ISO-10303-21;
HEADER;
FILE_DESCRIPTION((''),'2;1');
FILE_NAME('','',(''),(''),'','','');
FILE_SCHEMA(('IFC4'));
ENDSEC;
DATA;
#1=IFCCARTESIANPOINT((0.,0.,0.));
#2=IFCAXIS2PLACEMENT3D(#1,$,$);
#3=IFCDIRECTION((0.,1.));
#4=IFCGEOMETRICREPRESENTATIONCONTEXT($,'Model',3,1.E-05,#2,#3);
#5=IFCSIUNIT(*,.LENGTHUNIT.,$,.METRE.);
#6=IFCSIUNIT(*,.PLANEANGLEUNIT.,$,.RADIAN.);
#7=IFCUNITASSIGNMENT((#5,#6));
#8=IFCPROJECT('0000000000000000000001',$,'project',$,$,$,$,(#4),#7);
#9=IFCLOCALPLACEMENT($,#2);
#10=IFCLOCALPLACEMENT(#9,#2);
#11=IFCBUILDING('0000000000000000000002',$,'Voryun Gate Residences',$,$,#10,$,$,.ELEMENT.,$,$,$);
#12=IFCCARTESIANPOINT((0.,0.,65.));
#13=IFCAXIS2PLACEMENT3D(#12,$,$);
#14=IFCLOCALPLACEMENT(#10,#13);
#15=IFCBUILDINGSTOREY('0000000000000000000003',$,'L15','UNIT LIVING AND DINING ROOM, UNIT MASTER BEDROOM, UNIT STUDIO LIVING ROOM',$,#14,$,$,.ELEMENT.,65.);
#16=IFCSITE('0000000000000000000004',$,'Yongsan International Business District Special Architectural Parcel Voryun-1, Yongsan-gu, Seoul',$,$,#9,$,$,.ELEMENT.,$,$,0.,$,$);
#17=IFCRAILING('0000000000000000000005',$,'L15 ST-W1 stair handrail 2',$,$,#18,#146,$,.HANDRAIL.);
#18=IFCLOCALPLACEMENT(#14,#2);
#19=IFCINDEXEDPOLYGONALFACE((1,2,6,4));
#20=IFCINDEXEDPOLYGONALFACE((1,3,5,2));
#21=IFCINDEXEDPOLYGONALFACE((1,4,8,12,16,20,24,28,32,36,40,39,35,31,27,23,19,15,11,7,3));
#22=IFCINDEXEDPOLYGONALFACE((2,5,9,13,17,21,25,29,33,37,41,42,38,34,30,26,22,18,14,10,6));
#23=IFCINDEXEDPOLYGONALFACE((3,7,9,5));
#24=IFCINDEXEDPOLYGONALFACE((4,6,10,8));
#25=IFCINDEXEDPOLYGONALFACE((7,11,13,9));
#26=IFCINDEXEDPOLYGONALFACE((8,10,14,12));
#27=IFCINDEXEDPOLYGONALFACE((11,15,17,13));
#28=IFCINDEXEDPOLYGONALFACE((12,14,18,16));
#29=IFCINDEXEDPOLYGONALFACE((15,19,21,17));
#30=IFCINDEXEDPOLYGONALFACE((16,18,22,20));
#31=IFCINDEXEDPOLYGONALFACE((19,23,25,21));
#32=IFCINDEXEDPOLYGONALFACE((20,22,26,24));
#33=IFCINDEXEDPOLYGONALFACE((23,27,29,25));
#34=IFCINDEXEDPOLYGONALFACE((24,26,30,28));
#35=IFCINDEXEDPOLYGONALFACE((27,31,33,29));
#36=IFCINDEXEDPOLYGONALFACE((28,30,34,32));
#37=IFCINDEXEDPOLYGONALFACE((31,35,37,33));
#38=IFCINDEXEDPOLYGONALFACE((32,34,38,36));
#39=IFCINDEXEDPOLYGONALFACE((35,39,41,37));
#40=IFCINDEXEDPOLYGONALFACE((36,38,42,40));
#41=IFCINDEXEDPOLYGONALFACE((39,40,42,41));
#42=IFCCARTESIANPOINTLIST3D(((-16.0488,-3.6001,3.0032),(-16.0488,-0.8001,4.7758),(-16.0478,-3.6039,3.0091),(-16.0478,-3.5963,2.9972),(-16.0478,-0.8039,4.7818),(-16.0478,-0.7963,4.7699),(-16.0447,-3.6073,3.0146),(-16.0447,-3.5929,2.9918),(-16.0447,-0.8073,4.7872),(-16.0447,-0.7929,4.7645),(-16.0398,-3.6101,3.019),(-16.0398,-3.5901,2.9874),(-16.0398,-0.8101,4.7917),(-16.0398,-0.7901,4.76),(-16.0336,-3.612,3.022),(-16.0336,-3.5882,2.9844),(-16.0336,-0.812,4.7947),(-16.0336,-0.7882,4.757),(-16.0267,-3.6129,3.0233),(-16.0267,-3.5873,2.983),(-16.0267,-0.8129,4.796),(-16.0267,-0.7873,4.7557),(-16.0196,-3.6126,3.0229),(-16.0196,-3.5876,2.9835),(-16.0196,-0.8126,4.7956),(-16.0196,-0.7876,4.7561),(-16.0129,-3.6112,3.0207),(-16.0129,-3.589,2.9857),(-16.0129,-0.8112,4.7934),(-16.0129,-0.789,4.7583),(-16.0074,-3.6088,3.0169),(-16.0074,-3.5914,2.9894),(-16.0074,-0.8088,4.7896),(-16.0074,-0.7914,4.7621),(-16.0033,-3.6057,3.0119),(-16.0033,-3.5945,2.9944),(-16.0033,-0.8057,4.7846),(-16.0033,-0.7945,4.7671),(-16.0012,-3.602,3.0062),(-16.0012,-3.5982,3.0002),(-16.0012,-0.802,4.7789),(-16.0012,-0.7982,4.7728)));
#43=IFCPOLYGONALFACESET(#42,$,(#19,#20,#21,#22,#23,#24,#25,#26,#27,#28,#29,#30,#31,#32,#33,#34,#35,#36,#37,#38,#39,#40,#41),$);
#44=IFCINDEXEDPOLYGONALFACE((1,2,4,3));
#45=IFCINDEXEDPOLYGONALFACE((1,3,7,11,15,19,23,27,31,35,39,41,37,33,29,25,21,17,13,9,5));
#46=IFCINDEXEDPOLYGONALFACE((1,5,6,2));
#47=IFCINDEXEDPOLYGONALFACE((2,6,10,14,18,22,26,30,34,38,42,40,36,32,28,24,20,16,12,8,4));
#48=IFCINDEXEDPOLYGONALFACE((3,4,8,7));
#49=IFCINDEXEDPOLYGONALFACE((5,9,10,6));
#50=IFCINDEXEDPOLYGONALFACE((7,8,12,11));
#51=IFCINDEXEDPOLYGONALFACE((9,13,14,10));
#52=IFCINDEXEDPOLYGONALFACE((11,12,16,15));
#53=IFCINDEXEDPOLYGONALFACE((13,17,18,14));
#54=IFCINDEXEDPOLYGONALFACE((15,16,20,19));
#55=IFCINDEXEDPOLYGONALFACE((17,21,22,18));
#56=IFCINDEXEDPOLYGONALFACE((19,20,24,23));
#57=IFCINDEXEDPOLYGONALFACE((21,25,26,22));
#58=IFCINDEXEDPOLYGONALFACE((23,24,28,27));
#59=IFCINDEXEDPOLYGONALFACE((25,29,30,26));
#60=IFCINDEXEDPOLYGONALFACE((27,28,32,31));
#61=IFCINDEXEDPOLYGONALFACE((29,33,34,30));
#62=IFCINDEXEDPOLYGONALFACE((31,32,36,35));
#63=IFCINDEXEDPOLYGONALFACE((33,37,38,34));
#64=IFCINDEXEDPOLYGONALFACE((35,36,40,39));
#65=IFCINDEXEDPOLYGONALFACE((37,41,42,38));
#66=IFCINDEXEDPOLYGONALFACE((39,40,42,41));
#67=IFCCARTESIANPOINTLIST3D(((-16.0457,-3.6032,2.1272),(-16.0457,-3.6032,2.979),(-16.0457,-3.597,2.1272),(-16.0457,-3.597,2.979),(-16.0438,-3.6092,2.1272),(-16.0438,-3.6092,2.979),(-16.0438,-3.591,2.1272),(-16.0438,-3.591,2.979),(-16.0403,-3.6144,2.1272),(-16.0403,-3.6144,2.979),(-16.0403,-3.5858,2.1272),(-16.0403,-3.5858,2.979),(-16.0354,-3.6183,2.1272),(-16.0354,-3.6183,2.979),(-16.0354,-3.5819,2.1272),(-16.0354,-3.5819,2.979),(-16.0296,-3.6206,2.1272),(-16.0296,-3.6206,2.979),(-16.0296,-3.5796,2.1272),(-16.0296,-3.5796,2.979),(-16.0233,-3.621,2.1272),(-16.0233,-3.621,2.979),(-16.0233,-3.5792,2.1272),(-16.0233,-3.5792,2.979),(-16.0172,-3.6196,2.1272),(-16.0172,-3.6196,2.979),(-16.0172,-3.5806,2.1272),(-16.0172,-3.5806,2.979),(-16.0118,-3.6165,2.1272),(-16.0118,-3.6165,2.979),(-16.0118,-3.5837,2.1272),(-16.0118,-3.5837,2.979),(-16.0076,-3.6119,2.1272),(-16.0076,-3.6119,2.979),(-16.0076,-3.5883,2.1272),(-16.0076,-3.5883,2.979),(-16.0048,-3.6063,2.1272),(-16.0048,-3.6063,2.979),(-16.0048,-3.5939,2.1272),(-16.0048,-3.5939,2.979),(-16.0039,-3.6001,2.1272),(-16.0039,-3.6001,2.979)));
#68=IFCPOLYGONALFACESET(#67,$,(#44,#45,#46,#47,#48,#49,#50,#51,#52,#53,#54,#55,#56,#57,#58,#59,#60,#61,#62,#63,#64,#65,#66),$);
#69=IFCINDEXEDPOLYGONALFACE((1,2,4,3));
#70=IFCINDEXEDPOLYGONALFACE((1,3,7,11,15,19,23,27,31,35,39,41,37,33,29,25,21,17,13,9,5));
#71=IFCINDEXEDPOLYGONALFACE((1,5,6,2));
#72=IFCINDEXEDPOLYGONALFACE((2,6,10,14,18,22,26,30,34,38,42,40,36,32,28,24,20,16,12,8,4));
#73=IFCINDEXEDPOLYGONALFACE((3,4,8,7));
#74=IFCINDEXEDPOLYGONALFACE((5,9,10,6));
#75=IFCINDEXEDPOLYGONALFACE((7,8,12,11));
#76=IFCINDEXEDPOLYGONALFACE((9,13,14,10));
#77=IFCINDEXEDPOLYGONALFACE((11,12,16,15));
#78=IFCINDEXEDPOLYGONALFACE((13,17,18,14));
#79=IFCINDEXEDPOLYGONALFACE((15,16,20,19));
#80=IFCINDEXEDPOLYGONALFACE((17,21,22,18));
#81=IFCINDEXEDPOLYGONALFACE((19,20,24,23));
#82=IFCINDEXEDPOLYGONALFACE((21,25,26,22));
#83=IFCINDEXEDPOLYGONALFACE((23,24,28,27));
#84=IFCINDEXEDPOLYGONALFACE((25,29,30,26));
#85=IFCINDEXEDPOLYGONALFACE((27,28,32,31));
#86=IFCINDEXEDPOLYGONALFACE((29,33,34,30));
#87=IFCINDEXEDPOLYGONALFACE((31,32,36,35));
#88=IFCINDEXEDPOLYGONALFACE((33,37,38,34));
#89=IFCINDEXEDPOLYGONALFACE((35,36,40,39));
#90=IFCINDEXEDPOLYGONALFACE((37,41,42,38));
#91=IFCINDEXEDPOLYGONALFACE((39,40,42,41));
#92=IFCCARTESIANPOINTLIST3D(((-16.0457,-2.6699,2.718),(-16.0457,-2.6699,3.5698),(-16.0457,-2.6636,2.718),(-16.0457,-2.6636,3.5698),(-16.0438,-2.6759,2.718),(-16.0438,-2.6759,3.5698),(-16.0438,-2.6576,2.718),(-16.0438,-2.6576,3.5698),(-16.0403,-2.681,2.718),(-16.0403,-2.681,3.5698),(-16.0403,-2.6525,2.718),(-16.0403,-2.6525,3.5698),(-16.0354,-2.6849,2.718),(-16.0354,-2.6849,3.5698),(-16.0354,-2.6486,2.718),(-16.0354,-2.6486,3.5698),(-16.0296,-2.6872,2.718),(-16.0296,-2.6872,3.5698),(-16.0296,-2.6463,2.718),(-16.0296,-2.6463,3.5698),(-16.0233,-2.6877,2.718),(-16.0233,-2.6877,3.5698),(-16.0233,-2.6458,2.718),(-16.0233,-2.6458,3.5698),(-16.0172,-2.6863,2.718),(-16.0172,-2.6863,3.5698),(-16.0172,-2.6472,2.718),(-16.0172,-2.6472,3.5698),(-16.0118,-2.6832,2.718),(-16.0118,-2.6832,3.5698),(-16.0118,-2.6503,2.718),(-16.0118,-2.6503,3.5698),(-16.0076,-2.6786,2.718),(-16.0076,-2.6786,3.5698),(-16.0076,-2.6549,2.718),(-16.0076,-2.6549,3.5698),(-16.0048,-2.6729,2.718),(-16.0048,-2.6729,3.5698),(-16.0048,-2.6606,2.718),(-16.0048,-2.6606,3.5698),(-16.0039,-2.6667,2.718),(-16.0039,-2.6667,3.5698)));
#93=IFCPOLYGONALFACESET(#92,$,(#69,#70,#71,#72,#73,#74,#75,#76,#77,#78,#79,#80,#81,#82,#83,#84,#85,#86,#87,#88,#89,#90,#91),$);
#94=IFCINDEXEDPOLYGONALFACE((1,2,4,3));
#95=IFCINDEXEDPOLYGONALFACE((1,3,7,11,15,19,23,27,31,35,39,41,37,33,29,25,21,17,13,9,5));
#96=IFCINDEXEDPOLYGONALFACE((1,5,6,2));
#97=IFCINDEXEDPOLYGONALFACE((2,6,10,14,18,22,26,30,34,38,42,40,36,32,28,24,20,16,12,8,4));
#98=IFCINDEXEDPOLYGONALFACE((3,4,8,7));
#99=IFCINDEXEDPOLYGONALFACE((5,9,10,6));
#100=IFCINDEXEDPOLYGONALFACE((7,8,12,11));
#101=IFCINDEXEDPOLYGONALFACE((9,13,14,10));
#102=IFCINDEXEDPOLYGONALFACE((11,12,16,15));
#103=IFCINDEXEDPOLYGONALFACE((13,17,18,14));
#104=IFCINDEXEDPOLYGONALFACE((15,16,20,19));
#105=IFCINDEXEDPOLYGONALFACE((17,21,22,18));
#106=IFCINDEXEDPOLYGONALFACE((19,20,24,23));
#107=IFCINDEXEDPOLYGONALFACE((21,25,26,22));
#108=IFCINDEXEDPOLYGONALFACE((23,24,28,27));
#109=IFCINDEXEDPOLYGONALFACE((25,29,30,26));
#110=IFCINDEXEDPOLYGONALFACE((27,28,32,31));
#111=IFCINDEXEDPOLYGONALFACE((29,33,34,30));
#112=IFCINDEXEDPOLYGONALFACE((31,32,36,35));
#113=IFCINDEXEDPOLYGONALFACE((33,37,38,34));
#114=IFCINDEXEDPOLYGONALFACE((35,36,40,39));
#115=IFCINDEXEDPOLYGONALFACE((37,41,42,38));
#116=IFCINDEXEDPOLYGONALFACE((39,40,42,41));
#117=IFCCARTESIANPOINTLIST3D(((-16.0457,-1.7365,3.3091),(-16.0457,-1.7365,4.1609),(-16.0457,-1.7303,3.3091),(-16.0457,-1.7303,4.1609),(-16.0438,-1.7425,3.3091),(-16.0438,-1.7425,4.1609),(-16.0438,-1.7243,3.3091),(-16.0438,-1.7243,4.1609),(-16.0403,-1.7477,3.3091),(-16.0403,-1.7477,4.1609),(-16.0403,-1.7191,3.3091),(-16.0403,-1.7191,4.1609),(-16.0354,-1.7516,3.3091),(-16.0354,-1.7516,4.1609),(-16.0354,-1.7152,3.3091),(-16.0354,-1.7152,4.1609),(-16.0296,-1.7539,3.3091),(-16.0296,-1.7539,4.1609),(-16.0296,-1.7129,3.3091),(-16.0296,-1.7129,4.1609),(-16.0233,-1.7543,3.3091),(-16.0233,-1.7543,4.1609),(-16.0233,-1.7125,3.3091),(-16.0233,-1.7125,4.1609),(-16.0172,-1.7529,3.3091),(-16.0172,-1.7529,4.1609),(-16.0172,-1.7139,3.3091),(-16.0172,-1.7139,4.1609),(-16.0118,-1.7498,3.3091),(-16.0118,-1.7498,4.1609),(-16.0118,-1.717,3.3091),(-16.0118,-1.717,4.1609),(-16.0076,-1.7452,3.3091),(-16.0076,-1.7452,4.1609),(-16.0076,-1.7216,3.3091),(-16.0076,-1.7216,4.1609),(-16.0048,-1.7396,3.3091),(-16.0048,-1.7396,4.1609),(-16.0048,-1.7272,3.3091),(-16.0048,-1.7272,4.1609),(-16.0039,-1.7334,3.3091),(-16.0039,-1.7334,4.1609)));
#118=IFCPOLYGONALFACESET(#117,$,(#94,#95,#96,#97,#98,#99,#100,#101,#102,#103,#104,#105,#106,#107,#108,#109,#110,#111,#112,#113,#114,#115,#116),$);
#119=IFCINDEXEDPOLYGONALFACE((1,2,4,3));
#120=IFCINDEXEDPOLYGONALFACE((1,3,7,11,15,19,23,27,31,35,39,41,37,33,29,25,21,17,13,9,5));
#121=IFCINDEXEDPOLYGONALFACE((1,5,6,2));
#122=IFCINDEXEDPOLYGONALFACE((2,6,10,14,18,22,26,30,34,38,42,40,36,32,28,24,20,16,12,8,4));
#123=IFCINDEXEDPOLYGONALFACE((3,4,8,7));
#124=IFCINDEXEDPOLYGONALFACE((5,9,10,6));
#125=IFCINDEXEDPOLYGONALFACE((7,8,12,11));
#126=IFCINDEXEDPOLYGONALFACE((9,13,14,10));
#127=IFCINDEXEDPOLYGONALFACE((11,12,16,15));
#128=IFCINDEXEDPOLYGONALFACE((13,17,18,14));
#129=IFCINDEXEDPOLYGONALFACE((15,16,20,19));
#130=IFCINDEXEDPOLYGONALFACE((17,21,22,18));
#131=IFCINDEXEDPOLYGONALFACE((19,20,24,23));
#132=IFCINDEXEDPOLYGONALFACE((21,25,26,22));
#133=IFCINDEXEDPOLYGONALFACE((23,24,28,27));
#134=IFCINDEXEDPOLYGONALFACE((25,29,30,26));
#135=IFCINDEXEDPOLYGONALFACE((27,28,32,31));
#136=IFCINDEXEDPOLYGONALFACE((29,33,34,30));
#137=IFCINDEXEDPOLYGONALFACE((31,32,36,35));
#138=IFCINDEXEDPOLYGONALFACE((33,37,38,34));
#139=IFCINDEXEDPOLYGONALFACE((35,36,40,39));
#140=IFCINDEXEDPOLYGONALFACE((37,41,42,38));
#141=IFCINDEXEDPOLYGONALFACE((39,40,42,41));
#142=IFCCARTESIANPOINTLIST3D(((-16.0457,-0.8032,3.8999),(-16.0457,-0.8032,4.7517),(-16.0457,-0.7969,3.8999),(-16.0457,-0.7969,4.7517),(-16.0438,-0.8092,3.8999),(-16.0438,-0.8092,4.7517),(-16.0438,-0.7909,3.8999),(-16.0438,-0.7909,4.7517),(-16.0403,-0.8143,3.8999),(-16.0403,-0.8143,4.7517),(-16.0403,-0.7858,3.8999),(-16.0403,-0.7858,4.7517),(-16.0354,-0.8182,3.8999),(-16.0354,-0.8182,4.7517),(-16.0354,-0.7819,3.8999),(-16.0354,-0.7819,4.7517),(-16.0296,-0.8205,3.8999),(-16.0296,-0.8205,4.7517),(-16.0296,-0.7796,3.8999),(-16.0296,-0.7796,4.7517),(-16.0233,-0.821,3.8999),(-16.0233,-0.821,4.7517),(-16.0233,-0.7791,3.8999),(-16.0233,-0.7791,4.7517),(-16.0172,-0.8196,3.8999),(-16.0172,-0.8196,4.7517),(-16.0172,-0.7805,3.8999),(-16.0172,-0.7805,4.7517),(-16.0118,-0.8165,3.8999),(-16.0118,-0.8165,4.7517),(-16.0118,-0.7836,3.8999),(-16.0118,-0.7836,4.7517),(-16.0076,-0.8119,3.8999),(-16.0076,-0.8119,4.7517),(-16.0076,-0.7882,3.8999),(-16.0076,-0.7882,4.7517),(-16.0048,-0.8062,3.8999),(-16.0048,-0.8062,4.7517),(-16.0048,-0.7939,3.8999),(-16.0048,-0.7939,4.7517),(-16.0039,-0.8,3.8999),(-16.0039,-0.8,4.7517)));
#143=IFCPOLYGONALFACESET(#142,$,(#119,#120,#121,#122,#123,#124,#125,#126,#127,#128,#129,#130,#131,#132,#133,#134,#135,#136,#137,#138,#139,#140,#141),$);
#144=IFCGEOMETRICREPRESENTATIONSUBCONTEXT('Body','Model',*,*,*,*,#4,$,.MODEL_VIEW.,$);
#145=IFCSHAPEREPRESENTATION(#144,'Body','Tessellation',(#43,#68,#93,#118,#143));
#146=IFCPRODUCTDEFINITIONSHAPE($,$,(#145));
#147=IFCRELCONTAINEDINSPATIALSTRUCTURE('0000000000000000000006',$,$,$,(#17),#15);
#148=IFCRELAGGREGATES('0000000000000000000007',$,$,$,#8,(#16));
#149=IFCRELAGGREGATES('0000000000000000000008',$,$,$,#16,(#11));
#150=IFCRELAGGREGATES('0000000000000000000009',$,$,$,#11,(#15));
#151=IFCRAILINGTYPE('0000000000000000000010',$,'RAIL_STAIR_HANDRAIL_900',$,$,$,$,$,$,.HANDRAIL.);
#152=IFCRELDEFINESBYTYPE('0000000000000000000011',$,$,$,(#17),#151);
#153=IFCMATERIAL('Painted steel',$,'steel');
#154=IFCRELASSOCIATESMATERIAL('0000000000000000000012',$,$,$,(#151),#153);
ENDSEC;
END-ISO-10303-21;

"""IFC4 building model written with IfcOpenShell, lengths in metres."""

from ifc_helpers import new_model, si_unit, direction, frame, origin, origin_2d, place, context, subcontext, project, spatial, circle, extrude, material, type_object, element, save


model = new_model("IFC4")

# Units and contexts
model_context = context("Model", 3, precision=1e-05, world=origin(), true_north=direction((0.0, 1.0)))
body_context = subcontext(model_context, "Body", "Model", "MODEL_VIEW")
ifc_project = project(units=[si_unit("LENGTHUNIT", "METRE"), si_unit("PLANEANGLEUNIT", "RADIAN")], contexts=[model_context])

# Site, building, storey
site_placement = place(None, origin())
site = spatial("IfcSite", under=ifc_project, at=site_placement, Name="Yongsan International Business District Special Architectural Parcel Voryun-1, Yongsan-gu, Seoul", CompositionType="ELEMENT", RefElevation=0.0)
building_placement = place(site_placement, origin())
building = spatial("IfcBuilding", under=site, at=building_placement, Name="Voryun Gate Residences", CompositionType="ELEMENT")
storey_placement = place(building_placement, frame((0.0, 0.0, 65.0)))
storey = spatial("IfcBuildingStorey", under=building, at=storey_placement, Name="L15", Description="UNIT LIVING AND DINING ROOM, UNIT MASTER BEDROOM, UNIT STUDIO LIVING ROOM", CompositionType="ELEMENT", Elevation=65.0)

# Railing
ifc_material_1 = material(Name="Painted steel", Category="steel")
railing_type_1 = type_object("IfcRailingType", Name="RAIL_STAIR_HANDRAIL_900", PredefinedType="HANDRAIL", material=ifc_material_1)
railing_1_placement = place(storey_placement, frame((-16.0249, -3.6001, 2.1272)))
element("IfcRailing", 1, at=railing_1_placement, inside=storey, type_object=railing_type_1, Name="L15 ST-W1 stair handrail 2", PredefinedType="HANDRAIL", context=body_context, shape_type="SweptSolid", body=[
    extrude(circle(Radius=0.0239, at=origin_2d()), frame((0.0, 0.0, 0.876), z_axis=(0.0, 0.844909, 0.53491), x_axis=(-1.0, 0.0, 0.0)), (0.0, 0.0, 1.0), 3.314),
    extrude(circle(Radius=0.021, at=origin_2d()), origin(), (0.0, 0.0, 1.0), 0.8518),
    extrude(circle(Radius=0.021, at=origin_2d()), frame((0.0, 0.9333, 0.5908)), (0.0, 0.0, 1.0), 0.8518),
    extrude(circle(Radius=0.021, at=origin_2d()), frame((0.0, 1.8667, 1.1819)), (0.0, 0.0, 1.0), 0.8518),
    extrude(circle(Radius=0.021, at=origin_2d()), frame((0.0, 2.8, 1.7727)), (0.0, 0.0, 1.0), 0.8518),
])

save(model, "model.ifc")
